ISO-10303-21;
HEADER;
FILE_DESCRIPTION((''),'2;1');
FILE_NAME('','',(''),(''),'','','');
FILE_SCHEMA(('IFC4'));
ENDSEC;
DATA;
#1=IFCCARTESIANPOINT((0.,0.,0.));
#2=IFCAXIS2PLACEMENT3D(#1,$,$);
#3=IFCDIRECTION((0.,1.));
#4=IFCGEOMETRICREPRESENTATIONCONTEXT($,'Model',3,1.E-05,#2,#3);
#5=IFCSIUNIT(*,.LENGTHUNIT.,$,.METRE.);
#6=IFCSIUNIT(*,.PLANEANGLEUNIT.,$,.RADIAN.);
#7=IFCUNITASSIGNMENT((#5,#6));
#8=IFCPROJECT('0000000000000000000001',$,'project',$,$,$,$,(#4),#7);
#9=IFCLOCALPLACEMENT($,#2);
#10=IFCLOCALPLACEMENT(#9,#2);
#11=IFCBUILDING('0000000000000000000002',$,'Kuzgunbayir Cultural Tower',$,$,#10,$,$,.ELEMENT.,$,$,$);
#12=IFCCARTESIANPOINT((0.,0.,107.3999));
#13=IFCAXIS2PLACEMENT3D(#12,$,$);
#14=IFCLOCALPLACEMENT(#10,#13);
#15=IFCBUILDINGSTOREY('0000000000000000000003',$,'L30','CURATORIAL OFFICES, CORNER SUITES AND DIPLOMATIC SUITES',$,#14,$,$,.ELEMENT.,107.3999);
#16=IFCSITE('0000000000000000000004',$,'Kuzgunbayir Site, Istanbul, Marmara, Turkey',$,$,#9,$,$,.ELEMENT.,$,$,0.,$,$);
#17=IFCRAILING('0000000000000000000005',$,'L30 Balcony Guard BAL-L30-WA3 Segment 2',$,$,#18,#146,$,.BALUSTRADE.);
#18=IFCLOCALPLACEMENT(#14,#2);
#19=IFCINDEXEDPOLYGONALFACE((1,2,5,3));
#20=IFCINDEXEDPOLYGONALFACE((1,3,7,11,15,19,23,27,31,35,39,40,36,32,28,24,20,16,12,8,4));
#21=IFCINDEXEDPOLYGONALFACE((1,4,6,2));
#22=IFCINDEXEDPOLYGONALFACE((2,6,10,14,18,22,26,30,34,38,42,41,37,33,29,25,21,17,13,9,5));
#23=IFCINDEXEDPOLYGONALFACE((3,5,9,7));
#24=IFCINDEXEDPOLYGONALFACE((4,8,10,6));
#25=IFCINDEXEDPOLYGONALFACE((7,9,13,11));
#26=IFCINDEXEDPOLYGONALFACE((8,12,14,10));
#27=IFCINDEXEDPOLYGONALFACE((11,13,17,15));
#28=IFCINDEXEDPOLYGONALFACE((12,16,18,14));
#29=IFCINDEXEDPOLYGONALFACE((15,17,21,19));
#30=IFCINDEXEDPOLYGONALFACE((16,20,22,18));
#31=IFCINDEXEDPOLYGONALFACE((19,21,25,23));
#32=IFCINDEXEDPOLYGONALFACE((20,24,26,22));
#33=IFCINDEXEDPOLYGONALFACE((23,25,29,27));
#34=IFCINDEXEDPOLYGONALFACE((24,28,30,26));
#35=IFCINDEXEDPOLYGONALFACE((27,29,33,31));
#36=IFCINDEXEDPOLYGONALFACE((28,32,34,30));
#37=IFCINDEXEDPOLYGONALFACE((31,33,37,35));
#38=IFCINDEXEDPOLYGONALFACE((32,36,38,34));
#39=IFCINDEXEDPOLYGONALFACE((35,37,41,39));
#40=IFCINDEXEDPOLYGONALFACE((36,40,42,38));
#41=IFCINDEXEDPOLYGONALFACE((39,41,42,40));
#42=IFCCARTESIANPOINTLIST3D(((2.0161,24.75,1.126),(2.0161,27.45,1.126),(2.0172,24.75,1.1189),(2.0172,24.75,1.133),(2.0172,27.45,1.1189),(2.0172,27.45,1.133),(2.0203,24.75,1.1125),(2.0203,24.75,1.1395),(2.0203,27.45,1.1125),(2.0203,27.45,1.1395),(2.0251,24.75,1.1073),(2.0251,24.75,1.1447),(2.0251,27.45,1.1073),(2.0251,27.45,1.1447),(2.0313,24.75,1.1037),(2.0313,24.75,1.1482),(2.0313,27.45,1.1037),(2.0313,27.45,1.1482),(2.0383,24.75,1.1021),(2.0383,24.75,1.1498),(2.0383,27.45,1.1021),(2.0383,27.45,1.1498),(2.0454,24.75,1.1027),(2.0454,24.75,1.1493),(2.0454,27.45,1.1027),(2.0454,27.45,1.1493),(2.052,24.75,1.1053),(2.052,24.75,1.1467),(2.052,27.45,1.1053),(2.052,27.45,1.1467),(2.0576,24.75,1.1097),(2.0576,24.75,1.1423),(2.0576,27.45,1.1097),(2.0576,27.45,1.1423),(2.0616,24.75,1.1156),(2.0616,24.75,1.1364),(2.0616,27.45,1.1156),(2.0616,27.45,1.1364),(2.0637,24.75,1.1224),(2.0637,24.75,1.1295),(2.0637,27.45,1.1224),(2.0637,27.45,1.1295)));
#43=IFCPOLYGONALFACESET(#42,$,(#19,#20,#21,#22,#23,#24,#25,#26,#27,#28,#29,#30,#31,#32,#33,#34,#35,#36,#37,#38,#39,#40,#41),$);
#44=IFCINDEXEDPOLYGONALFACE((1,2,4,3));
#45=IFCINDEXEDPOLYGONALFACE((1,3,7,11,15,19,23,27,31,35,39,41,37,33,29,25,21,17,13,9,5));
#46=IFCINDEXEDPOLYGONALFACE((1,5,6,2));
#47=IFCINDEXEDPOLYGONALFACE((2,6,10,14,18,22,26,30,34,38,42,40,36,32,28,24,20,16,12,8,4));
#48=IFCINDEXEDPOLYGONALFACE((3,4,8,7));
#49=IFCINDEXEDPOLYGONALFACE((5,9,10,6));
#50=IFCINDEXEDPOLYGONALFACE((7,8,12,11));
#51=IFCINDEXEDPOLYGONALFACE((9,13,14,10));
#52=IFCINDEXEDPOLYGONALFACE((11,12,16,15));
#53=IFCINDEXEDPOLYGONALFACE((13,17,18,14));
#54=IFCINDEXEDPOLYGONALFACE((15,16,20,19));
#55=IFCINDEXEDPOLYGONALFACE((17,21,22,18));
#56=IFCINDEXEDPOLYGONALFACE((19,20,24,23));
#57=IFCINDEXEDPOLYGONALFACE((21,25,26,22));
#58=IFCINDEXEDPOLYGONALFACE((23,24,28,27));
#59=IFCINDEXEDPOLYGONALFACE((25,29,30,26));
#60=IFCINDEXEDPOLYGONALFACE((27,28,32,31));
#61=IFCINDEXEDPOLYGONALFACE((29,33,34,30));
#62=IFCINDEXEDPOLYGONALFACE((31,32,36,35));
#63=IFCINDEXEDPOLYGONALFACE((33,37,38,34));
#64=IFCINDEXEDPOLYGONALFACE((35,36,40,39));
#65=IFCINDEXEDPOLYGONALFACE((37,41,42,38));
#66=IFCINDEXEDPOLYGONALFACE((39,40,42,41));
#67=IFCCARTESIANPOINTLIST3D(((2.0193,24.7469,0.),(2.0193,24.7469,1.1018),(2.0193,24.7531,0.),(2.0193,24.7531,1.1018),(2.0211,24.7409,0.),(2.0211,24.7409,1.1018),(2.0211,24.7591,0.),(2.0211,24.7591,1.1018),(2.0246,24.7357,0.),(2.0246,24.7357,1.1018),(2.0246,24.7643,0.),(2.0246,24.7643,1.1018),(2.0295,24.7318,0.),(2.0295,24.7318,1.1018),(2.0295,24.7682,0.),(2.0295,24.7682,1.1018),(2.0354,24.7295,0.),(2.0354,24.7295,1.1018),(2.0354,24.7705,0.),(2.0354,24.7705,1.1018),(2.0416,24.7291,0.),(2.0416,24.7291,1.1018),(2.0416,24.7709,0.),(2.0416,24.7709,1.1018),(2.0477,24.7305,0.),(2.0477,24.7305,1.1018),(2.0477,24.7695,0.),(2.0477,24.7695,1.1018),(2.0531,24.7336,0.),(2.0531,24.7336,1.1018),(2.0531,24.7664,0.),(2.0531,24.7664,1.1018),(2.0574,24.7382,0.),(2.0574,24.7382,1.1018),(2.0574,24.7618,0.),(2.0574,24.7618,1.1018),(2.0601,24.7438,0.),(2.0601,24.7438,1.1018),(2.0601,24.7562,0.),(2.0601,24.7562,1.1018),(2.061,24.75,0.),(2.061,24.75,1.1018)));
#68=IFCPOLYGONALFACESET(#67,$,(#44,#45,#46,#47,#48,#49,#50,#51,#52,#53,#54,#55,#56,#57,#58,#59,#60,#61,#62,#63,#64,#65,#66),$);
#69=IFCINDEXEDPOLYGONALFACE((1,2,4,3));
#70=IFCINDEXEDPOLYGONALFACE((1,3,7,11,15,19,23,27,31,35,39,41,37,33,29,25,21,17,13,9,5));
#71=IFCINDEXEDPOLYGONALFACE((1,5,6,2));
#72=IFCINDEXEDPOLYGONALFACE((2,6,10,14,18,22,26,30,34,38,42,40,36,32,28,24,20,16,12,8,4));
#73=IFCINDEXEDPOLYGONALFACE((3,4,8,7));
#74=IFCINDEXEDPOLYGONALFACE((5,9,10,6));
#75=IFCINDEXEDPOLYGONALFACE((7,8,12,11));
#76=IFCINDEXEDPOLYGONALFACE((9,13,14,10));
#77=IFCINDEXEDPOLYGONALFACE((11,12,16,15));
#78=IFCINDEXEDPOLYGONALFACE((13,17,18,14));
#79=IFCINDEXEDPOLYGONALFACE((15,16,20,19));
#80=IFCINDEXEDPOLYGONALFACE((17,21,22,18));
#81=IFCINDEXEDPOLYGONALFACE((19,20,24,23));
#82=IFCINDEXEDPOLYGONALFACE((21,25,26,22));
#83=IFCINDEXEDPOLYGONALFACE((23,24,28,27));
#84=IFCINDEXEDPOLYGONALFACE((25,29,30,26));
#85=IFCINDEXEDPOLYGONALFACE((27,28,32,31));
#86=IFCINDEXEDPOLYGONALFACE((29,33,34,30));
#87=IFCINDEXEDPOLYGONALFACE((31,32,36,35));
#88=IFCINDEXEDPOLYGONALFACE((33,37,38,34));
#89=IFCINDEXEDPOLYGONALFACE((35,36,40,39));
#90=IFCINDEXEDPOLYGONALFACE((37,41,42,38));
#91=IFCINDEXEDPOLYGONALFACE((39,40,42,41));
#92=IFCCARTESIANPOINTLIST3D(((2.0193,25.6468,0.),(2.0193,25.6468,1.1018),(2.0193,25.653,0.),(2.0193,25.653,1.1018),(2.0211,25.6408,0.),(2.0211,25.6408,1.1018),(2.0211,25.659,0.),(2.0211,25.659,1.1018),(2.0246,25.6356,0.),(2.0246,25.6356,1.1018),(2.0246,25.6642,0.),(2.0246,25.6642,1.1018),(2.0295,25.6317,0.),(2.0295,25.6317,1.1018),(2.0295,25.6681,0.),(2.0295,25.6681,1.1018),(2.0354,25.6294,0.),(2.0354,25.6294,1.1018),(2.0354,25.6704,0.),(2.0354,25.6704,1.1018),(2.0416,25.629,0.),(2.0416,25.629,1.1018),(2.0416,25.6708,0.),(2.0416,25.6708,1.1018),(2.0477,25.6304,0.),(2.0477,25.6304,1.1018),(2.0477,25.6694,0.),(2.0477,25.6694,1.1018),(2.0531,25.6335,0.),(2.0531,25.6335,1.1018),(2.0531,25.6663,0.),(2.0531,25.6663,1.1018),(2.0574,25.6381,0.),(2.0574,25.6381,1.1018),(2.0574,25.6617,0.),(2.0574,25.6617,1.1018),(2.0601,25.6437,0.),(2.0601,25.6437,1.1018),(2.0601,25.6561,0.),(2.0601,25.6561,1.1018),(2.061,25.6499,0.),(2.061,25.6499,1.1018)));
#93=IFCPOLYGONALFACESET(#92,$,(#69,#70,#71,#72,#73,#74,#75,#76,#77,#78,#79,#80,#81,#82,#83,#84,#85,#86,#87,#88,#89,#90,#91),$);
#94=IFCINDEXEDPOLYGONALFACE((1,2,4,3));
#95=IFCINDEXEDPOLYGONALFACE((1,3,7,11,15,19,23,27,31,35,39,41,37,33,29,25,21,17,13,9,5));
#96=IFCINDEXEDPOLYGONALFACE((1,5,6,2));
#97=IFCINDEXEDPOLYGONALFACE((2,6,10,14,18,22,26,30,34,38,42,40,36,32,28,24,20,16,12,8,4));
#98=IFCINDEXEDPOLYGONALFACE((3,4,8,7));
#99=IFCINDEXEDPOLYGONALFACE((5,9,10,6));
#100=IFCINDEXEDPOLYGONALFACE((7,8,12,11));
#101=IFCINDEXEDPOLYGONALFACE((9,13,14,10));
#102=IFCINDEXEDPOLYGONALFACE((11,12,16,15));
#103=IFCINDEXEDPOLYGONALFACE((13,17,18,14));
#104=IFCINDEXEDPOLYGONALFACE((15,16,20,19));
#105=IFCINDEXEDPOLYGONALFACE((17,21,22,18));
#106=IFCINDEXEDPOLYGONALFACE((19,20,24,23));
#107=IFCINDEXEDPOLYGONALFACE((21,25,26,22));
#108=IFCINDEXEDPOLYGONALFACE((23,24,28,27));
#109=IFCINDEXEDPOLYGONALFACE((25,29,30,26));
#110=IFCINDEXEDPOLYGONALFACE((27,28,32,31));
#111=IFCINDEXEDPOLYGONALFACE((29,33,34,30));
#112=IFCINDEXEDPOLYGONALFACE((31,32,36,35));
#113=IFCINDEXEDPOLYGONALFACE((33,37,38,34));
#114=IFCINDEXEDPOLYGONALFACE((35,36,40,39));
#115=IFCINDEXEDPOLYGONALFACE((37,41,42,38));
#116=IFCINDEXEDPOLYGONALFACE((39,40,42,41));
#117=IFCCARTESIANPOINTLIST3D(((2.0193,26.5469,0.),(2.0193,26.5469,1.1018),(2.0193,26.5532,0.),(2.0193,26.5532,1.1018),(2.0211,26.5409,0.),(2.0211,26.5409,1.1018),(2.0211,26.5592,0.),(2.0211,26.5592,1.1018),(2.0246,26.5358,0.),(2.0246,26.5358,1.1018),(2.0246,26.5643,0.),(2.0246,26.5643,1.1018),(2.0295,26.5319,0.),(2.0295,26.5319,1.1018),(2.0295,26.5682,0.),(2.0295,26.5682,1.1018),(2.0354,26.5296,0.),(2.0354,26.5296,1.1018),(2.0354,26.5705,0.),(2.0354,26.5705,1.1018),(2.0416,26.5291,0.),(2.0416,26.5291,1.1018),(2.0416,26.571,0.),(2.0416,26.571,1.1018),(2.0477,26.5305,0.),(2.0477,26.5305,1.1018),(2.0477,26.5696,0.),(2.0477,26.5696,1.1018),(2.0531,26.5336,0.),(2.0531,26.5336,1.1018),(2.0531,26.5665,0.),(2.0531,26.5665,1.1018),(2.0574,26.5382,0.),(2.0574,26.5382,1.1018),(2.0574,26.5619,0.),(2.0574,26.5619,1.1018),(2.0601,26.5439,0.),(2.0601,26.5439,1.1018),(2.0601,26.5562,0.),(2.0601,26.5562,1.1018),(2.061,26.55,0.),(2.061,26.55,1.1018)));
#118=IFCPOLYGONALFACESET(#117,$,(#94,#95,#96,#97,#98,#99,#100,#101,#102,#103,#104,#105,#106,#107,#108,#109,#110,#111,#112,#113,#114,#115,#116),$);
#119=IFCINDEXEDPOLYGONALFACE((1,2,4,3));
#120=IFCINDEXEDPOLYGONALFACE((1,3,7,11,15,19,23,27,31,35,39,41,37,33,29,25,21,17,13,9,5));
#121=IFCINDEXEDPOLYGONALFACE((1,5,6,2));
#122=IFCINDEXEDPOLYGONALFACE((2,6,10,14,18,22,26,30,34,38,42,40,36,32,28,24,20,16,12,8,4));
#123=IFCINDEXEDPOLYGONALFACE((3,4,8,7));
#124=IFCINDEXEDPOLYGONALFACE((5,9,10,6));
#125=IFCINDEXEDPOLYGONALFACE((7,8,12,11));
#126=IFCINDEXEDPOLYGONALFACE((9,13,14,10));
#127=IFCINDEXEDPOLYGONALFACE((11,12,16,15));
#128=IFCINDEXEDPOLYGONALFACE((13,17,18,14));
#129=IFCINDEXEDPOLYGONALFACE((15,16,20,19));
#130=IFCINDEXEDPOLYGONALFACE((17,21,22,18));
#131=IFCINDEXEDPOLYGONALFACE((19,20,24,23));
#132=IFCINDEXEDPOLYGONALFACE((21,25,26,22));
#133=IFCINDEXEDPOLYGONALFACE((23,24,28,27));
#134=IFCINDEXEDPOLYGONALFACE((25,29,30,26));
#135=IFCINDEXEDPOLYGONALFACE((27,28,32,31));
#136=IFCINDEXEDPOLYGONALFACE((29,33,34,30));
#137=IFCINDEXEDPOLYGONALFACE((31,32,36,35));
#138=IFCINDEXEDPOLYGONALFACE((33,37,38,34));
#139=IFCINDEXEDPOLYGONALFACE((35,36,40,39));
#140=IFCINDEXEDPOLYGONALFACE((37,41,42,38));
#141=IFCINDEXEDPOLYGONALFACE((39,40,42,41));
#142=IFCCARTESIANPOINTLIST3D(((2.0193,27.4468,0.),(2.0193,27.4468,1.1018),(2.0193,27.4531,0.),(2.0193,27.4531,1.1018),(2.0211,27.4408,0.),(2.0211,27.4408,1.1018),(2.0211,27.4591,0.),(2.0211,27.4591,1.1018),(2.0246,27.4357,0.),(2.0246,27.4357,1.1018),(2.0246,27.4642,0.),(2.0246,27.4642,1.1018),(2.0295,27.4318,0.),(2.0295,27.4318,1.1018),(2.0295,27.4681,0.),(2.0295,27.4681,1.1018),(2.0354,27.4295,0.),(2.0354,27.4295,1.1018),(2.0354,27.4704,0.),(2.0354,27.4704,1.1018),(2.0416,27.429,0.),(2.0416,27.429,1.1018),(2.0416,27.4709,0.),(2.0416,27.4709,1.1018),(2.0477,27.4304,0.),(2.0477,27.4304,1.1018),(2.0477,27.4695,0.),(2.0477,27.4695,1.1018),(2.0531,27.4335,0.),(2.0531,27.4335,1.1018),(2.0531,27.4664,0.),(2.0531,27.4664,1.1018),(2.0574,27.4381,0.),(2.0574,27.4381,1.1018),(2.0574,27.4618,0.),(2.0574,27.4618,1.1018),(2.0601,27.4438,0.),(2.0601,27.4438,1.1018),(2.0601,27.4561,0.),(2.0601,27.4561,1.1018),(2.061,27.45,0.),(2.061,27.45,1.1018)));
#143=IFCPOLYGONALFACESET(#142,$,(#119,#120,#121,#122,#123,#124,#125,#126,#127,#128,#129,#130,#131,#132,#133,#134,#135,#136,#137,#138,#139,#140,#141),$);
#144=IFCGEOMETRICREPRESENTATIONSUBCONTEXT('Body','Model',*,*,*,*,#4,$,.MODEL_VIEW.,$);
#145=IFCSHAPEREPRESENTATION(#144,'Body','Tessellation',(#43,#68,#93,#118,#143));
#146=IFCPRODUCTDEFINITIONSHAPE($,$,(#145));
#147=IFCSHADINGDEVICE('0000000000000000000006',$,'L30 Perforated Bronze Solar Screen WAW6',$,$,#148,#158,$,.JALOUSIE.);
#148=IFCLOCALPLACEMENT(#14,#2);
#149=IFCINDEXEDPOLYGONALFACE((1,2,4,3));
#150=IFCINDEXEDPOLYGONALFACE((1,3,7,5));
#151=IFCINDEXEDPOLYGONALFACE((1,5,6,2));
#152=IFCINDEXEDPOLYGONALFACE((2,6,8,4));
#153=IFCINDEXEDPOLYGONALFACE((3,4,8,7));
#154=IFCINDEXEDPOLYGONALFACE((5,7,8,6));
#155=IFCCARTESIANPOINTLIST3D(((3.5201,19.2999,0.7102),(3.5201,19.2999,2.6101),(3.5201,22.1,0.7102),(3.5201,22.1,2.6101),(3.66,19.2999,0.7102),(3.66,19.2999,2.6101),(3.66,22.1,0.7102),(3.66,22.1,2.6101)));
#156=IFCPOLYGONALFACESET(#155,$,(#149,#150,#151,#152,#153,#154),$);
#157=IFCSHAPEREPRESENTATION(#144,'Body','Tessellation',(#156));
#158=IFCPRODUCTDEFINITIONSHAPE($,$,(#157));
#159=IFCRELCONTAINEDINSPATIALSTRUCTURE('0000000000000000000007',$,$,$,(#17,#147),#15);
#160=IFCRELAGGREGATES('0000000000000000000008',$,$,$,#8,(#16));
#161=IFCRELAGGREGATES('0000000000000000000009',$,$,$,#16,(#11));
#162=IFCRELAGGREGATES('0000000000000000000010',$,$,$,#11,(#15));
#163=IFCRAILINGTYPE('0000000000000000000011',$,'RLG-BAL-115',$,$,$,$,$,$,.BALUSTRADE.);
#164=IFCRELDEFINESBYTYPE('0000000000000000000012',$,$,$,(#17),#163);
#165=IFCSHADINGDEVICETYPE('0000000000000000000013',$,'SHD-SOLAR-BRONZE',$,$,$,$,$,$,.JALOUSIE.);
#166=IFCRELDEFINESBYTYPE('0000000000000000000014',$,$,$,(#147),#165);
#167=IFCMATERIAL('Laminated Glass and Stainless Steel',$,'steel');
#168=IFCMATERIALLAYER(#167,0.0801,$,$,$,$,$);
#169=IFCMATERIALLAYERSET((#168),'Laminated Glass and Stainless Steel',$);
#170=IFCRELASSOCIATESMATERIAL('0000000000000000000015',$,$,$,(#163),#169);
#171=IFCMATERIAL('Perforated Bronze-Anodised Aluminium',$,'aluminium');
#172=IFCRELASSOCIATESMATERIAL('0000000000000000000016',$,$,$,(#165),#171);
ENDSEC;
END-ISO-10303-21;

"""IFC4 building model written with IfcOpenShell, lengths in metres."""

from ifc_helpers import new_model, si_unit, direction, frame, origin, origin_2d, place, context, subcontext, project, spatial, rectangle, circle, extrude, material, layer, layer_set, type_object, element, save


model = new_model("IFC4")

# Units and contexts
model_context = context("Model", 3, precision=1e-05, world=origin(), true_north=direction((0.0, 1.0)))
body_context = subcontext(model_context, "Body", "Model", "MODEL_VIEW")
ifc_project = project(units=[si_unit("LENGTHUNIT", "METRE"), si_unit("PLANEANGLEUNIT", "RADIAN")], contexts=[model_context])

# Site, building, storey
site_placement = place(None, origin())
site = spatial("IfcSite", under=ifc_project, at=site_placement, Name="Kuzgunbayir Site, Istanbul, Marmara, Turkey", CompositionType="ELEMENT", RefElevation=0.0)
building_placement = place(site_placement, origin())
building = spatial("IfcBuilding", under=site, at=building_placement, Name="Kuzgunbayir Cultural Tower", CompositionType="ELEMENT")
storey_placement = place(building_placement, frame((0.0, 0.0, 107.3999)))
storey = spatial("IfcBuildingStorey", under=building, at=storey_placement, Name="L30", Description="CURATORIAL OFFICES, CORNER SUITES AND DIPLOMATIC SUITES", CompositionType="ELEMENT", Elevation=107.3999)

# Railing
ifc_material_1 = material(Name="Laminated Glass and Stainless Steel", Category="steel")
ifc_layer_1 = layer(ifc_material_1, 0.0801)
ifc_layer_set_1 = layer_set([ifc_layer_1], Name="Laminated Glass and Stainless Steel")
railing_type = type_object("IfcRailingType", Name="RLG-BAL-115", PredefinedType="BALUSTRADE", material=ifc_layer_set_1)
railing_1_placement = place(storey_placement, frame((2.04, 24.75, 0.0)))
element("IfcRailing", 1, at=railing_1_placement, inside=storey, type_object=railing_type, Name="L30 Balcony Guard BAL-L30-WA3 Segment 2", PredefinedType="BALUSTRADE", context=body_context, shape_type="SweptSolid", body=[
    extrude(circle(Radius=0.0239, at=origin_2d()), frame((0.0, 0.0, 1.126), z_axis=(0.0, 1.0, 0.0), x_axis=(-1.0, 0.0, 0.0)), (0.0, 0.0, 1.0), 2.7),
    extrude(circle(Radius=0.021, at=origin_2d()), origin(), (0.0, 0.0, 1.0), 1.1018),
    extrude(circle(Radius=0.021, at=origin_2d()), frame((0.0, 0.8999, 0.0)), (0.0, 0.0, 1.0), 1.1018),
    extrude(circle(Radius=0.021, at=origin_2d()), frame((0.0, 1.8, 0.0)), (0.0, 0.0, 1.0), 1.1018),
    extrude(circle(Radius=0.021, at=origin_2d()), frame((0.0, 2.7, 0.0)), (0.0, 0.0, 1.0), 1.1018),
])

# Shading device
ifc_material_2 = material(Name="Perforated Bronze-Anodised Aluminium", Category="aluminium")
shading_device_type = type_object("IfcShadingDeviceType", Name="SHD-SOLAR-BRONZE", PredefinedType="JALOUSIE", material=ifc_material_2)
shading_device_placement = place(storey_placement, frame((3.5901, 20.7, 0.7102), z_axis=(0.0, 0.0, 1.0), x_axis=(1.0, 0.0, 0.0)))
element("IfcShadingDevice", 2, at=shading_device_placement, inside=storey, type_object=shading_device_type, Name="L30 Perforated Bronze Solar Screen WAW6", PredefinedType="JALOUSIE", context=body_context, shape_type="SweptSolid", body=[
    extrude(rectangle(XDim=0.1399, YDim=2.8, at=origin_2d()), origin(), (0.0, 0.0, 1.0), 1.8999),
])

save(model, "model.ifc")
